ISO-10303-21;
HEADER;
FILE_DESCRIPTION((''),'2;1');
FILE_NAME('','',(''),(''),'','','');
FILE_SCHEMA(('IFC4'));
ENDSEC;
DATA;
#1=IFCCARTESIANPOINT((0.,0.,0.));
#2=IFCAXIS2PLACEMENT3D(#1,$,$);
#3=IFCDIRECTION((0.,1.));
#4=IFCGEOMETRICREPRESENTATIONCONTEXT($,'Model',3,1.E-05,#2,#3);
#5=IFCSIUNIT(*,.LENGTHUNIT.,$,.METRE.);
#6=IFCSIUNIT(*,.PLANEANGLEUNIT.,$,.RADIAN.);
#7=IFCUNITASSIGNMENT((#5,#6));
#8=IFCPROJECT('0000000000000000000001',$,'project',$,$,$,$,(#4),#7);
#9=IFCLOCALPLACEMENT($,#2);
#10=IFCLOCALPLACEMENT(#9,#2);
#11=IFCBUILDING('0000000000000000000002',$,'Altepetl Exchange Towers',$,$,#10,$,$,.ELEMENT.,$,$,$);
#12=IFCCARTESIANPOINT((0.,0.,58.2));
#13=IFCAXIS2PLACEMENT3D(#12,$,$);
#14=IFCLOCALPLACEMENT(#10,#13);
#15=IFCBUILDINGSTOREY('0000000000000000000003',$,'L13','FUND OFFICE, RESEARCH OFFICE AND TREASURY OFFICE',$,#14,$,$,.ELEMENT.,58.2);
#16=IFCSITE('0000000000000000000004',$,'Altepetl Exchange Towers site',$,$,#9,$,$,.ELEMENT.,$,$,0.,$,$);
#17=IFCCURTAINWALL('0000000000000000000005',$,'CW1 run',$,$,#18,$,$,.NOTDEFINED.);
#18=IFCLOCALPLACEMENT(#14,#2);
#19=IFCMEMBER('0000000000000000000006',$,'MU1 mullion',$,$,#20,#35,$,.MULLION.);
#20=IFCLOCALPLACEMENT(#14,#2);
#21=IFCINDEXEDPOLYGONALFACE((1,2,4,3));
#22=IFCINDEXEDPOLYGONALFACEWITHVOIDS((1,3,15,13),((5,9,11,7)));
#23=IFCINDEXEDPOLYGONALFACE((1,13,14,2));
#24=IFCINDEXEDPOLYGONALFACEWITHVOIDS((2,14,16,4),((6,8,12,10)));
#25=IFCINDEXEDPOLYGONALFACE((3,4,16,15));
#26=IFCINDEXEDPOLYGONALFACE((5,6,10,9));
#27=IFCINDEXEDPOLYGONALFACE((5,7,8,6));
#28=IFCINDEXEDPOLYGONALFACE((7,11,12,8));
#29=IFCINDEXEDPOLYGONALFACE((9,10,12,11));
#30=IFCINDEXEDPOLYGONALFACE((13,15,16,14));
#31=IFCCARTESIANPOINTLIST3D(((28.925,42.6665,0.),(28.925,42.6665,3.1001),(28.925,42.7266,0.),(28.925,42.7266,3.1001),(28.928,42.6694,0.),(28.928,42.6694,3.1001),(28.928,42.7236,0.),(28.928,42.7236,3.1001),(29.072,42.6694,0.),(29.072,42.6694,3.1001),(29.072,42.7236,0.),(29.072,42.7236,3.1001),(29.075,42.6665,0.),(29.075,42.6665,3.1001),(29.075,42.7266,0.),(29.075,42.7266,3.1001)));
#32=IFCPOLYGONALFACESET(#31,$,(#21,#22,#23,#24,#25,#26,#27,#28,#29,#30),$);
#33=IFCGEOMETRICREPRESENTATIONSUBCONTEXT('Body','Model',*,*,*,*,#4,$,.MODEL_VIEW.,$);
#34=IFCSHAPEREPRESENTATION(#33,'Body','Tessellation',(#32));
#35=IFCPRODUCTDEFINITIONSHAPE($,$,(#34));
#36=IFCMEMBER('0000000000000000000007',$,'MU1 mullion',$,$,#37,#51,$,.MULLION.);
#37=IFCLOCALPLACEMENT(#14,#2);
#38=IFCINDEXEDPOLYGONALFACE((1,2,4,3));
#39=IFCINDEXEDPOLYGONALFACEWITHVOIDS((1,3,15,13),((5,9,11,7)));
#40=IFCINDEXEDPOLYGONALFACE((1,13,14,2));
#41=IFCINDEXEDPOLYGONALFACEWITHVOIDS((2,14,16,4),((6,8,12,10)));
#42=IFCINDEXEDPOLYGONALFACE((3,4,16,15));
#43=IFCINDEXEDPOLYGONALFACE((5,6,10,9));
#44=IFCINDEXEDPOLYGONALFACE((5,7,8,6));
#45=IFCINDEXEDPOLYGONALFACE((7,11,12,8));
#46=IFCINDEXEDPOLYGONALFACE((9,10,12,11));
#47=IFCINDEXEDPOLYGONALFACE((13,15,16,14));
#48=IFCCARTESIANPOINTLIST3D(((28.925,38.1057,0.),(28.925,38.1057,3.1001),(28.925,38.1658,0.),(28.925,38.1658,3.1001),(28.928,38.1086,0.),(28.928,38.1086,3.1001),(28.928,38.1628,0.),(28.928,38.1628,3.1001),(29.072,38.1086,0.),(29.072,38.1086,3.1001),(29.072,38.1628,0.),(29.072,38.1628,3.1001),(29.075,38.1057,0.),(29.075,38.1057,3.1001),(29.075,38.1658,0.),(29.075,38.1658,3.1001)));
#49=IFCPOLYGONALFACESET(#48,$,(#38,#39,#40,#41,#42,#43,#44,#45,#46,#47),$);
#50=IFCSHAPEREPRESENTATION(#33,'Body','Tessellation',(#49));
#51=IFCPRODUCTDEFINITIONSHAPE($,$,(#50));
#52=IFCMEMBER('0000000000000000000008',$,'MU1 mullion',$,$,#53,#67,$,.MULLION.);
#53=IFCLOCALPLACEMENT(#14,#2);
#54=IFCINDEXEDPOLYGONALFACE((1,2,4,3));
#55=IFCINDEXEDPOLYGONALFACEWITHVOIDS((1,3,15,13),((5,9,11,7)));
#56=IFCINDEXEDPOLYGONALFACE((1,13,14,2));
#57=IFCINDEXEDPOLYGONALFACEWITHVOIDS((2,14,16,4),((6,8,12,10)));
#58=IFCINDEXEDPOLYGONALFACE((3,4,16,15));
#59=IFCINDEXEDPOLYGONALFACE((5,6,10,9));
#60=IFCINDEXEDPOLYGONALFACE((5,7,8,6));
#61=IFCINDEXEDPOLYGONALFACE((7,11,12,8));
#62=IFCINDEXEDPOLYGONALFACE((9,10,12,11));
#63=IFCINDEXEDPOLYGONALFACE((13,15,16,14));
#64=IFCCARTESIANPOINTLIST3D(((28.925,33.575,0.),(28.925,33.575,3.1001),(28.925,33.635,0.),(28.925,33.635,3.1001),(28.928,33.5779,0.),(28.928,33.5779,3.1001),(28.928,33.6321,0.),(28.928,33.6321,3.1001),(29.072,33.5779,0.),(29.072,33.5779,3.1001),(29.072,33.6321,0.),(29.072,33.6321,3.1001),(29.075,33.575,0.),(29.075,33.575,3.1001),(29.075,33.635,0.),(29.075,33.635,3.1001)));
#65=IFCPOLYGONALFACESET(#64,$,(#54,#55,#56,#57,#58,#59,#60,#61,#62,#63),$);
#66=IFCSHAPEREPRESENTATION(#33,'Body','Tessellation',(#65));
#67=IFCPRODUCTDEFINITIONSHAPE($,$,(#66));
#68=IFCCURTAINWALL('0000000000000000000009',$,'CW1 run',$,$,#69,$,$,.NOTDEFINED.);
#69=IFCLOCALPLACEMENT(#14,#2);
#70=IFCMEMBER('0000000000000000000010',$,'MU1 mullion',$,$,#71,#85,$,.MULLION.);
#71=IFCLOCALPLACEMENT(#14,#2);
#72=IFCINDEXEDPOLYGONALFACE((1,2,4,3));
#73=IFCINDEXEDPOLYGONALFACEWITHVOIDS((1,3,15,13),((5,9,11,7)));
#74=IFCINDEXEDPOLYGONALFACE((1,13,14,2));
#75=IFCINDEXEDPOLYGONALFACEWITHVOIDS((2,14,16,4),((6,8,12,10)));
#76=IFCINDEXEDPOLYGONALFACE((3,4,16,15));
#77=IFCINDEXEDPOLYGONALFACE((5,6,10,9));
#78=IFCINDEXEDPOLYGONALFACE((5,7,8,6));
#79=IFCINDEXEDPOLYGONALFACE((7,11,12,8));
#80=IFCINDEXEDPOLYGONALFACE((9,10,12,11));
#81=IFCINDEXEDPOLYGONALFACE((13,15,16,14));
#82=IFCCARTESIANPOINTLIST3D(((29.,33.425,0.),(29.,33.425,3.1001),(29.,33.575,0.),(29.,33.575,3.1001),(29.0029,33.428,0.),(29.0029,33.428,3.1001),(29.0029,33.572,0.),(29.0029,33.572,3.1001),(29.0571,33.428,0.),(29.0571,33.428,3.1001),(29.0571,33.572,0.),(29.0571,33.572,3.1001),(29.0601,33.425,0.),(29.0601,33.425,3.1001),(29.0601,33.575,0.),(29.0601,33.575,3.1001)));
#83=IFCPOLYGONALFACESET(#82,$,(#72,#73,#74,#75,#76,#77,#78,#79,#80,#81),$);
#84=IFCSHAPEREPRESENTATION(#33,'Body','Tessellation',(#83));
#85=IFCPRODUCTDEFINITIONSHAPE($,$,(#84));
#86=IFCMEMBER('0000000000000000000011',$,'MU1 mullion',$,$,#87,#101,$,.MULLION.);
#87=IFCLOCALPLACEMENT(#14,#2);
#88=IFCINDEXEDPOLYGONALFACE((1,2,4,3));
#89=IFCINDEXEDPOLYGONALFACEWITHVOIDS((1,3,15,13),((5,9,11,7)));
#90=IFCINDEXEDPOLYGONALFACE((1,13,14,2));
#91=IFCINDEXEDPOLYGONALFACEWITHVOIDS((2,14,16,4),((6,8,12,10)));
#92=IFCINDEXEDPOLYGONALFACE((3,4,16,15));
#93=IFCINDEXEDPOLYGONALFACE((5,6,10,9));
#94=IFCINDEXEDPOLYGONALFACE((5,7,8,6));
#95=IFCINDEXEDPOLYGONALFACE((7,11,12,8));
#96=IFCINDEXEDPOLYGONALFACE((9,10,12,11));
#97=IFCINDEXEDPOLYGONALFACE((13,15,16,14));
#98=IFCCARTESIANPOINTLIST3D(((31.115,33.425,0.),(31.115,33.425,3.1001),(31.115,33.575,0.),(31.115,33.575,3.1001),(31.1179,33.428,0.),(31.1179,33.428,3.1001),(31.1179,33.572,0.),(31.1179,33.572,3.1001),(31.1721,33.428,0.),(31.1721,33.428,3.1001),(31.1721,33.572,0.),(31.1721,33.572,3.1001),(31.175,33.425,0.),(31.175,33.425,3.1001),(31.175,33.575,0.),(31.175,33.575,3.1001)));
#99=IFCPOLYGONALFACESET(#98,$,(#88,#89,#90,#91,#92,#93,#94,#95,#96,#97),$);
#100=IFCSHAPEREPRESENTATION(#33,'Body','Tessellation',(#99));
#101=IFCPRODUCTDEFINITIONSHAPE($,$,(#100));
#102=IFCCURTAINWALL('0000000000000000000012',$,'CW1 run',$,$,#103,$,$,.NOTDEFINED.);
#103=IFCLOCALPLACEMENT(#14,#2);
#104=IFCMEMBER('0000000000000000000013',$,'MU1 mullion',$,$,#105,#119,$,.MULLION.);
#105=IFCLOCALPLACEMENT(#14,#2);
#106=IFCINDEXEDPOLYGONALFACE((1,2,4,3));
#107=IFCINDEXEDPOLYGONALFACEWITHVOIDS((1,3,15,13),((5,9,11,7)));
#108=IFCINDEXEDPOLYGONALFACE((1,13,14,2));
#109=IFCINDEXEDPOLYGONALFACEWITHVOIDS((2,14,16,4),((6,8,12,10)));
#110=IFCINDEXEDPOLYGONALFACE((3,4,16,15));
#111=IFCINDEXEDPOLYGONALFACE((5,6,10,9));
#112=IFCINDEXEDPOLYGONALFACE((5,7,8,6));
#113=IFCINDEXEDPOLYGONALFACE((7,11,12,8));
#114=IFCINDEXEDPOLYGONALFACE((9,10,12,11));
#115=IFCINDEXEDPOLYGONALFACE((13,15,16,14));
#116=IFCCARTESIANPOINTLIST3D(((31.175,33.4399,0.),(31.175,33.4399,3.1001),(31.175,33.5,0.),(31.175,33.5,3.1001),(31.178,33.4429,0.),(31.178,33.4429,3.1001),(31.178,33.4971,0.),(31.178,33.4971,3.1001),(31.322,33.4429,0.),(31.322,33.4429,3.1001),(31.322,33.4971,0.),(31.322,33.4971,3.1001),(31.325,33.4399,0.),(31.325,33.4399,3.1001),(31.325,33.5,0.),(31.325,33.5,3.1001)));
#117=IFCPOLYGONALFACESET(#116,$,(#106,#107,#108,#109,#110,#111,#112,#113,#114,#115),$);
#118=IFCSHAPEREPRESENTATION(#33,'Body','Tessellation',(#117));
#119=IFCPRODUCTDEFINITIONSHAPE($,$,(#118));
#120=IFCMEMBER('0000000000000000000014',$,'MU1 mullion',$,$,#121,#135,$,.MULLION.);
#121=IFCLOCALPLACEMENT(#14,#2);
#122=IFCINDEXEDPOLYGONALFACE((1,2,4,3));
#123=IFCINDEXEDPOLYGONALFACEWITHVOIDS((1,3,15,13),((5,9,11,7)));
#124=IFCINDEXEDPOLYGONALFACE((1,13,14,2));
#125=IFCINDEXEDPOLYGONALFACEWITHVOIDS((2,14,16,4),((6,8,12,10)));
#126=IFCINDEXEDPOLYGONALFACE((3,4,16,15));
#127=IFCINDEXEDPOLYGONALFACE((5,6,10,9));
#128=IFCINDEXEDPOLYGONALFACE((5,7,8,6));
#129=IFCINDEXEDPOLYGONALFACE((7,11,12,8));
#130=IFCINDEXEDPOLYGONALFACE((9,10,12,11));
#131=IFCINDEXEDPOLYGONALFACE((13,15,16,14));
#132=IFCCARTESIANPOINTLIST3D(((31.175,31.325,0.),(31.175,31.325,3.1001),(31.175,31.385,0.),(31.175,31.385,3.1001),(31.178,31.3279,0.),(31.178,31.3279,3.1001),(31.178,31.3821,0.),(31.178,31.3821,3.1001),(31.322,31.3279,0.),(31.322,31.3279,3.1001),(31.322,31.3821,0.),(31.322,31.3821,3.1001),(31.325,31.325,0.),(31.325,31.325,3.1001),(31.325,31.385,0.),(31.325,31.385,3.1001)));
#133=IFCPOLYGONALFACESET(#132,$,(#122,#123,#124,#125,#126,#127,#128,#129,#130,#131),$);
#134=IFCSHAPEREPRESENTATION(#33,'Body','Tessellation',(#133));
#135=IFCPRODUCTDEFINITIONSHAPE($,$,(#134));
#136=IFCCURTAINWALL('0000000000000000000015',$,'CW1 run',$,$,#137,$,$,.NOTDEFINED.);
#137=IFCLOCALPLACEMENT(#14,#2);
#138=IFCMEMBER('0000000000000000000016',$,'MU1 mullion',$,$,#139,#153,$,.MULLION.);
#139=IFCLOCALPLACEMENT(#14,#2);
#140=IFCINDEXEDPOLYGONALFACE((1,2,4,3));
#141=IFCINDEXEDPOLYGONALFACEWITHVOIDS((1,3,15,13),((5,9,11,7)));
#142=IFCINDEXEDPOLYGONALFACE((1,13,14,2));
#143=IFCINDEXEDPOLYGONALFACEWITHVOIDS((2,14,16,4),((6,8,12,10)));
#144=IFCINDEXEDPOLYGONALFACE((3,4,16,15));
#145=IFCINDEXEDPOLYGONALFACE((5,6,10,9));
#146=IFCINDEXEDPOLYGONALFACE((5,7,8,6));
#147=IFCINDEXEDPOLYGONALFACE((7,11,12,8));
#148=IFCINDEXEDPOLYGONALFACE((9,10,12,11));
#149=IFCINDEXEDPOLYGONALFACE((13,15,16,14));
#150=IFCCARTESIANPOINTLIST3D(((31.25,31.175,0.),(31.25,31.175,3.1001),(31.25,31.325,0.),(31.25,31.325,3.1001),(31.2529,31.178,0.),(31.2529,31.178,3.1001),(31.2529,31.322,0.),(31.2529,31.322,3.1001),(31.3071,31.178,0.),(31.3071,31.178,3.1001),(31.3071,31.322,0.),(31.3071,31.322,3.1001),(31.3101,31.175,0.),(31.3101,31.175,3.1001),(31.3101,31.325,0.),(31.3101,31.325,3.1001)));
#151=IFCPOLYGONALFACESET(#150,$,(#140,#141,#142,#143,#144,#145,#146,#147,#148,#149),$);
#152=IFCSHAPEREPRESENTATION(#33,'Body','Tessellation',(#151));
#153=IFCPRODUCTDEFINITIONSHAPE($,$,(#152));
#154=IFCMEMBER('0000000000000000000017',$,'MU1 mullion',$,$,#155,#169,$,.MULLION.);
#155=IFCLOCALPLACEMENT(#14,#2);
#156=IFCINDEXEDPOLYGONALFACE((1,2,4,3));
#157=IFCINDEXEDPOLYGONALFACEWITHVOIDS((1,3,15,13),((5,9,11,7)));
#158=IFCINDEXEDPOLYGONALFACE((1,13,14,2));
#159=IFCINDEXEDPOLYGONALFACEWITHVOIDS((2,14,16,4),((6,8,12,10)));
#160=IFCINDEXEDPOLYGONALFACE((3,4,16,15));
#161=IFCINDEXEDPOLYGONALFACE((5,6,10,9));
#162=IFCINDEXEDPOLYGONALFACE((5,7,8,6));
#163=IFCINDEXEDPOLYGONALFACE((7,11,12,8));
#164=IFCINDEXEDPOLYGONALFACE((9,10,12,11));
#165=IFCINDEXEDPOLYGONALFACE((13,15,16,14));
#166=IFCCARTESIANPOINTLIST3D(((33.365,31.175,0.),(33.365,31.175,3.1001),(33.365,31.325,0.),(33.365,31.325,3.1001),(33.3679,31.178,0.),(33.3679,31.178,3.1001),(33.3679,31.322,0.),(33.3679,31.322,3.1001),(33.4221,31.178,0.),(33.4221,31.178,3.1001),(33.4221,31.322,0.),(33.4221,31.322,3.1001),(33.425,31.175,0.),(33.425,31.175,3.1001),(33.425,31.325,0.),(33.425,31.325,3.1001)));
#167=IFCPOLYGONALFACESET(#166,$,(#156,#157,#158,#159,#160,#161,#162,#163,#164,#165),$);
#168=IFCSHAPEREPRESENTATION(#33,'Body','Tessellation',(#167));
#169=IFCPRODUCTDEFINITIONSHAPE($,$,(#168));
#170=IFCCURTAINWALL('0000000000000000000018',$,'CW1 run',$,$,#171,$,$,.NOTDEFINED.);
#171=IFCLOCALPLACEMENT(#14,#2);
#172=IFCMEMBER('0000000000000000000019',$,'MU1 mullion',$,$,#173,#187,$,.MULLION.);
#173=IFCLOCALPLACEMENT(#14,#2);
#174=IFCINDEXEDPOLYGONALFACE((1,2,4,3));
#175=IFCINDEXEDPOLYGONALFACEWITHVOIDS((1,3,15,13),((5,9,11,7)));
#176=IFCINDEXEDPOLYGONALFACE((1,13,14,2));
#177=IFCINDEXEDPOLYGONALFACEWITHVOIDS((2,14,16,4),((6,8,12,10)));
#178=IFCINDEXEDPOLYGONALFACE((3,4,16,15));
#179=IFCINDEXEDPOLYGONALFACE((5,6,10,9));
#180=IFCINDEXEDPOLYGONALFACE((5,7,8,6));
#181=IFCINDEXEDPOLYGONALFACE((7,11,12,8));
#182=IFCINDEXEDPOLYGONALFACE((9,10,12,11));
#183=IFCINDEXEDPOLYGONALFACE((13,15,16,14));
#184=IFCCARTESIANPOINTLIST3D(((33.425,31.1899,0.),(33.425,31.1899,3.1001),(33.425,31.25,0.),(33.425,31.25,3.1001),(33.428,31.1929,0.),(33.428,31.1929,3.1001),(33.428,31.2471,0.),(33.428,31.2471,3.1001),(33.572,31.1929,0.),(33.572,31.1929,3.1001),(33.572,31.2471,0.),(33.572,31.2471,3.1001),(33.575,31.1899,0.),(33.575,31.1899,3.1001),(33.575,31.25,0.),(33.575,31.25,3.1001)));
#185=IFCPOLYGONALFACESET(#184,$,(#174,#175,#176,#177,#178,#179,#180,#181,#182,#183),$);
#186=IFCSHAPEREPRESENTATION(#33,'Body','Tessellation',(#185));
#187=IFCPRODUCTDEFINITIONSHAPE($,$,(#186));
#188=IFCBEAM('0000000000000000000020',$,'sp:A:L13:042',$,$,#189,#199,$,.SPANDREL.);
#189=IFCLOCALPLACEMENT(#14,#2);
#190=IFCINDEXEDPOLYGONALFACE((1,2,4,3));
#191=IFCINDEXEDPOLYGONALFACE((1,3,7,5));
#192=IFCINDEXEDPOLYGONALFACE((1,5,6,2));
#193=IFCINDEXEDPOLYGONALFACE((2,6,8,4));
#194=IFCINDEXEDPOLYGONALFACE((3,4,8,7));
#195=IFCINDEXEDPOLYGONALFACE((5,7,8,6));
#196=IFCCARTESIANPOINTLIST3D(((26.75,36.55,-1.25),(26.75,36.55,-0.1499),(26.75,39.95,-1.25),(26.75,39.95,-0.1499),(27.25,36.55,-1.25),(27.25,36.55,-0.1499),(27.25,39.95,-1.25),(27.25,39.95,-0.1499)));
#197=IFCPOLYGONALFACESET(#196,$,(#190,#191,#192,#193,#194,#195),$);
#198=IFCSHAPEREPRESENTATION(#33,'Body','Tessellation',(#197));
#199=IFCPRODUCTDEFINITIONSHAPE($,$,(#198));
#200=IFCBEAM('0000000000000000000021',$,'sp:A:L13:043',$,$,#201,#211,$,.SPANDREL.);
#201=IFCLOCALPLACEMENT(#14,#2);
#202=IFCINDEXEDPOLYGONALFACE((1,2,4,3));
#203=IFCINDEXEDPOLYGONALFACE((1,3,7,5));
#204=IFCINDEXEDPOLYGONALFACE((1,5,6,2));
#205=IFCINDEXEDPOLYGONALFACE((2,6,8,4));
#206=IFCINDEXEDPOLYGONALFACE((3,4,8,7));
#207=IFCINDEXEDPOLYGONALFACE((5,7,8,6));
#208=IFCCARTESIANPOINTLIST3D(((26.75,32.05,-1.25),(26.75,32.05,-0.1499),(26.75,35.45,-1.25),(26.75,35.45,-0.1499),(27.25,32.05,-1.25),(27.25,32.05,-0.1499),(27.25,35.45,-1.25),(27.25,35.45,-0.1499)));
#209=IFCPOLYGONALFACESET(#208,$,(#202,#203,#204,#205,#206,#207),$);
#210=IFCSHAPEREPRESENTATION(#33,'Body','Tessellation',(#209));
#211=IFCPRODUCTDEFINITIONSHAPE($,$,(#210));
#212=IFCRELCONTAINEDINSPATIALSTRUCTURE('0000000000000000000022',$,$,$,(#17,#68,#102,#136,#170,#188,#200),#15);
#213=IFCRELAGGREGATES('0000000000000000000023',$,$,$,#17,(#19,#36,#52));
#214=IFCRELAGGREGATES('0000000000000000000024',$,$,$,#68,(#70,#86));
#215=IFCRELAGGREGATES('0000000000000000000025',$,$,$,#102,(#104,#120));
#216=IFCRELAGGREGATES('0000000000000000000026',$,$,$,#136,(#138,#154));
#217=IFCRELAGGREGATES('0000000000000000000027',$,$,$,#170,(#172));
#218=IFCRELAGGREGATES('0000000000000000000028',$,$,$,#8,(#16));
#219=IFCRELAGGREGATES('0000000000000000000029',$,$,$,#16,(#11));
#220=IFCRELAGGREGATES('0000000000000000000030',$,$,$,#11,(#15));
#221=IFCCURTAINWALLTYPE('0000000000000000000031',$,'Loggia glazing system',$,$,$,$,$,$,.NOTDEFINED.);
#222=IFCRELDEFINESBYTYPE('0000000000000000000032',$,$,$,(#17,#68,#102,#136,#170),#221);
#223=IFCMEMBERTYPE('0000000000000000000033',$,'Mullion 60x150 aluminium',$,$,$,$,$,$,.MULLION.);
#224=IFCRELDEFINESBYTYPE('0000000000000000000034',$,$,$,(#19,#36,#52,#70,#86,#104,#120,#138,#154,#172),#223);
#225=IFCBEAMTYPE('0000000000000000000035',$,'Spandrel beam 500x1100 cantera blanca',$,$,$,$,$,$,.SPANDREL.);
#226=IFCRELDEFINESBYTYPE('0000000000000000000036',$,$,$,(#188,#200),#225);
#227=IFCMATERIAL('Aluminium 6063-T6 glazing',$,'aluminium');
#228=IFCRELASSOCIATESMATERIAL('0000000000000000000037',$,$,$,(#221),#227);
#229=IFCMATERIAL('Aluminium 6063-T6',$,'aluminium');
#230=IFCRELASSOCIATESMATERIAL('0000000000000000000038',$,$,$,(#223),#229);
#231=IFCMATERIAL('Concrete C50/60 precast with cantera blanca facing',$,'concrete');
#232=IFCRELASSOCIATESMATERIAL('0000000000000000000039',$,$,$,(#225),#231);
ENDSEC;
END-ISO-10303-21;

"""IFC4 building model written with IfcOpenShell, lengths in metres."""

from ifc_helpers import new_model, si_unit, direction, frame, origin, origin_2d, place, context, subcontext, project, spatial, rectangle, hollow_rectangle, extrude, material, material_profile, profile_set, type_object, element, aggregate, save


model = new_model("IFC4")

# Units and contexts
model_context = context("Model", 3, precision=1e-05, world=origin(), true_north=direction((0.0, 1.0)))
body_context = subcontext(model_context, "Body", "Model", "MODEL_VIEW")
ifc_project = project(units=[si_unit("LENGTHUNIT", "METRE"), si_unit("PLANEANGLEUNIT", "RADIAN")], contexts=[model_context])

# Site, building, storey
site_placement = place(None, origin())
site = spatial("IfcSite", under=ifc_project, at=site_placement, Name="Altepetl Exchange Towers site", CompositionType="ELEMENT", RefElevation=0.0)
building_placement = place(site_placement, origin())
building = spatial("IfcBuilding", under=site, at=building_placement, Name="Altepetl Exchange Towers", CompositionType="ELEMENT")
storey_placement = place(building_placement, frame((0.0, 0.0, 58.2)))
storey = spatial("IfcBuildingStorey", under=building, at=storey_placement, Name="L13", Description="FUND OFFICE, RESEARCH OFFICE AND TREASURY OFFICE", CompositionType="ELEMENT", Elevation=58.2)

# Curtain walls, members
ifc_material_1 = material(Name="Aluminium 6063-T6 glazing", Category="aluminium")
curtain_wall_type = type_object("IfcCurtainWallType", Name="Loggia glazing system", PredefinedType="NOTDEFINED", material=ifc_material_1)
curtain_wall_1_placement = place(storey_placement, origin())
curtain_wall_1 = element("IfcCurtainWall", 1, at=curtain_wall_1_placement, inside=storey, type_object=curtain_wall_type, Name="CW1 run", PredefinedType="NOTDEFINED")
ifc_material_2 = material(Name="Aluminium 6063-T6", Category="aluminium")
ifc_material_profile_1 = material_profile(ifc_material_2, hollow_rectangle(XDim=0.0601, YDim=0.1499, WallThickness=0.0029, at=origin_2d()), Name="Mullion 60x150 aluminium")
ifc_profile_set_1 = profile_set([ifc_material_profile_1], Name="Aluminium 6063-T6")
member_type = type_object("IfcMemberType", Name="Mullion 60x150 aluminium", PredefinedType="MULLION", material=ifc_profile_set_1)
member_1_placement = place(storey_placement, frame((29.0, 42.6965, 0.0), z_axis=(0.0, 0.0, 1.0), x_axis=(0.0, -1.0, 0.0)))
member_1 = element("IfcMember", 2, at=member_1_placement, type_object=member_type, Name="MU1 mullion", PredefinedType="MULLION", context=body_context, shape_type="SweptSolid", body=[
    extrude(hollow_rectangle(XDim=0.0601, YDim=0.1499, WallThickness=0.0029, at=origin_2d()), origin(), (0.0, 0.0, 1.0), 3.1001),
])
member_2_placement = place(storey_placement, frame((29.0, 38.1357, 0.0), z_axis=(0.0, 0.0, 1.0), x_axis=(0.0, -1.0, 0.0)))
member_2 = element("IfcMember", 3, at=member_2_placement, type_object=member_type, Name="MU1 mullion", PredefinedType="MULLION", context=body_context, shape_type="SweptSolid", body=[
    extrude(hollow_rectangle(XDim=0.0601, YDim=0.1499, WallThickness=0.0029, at=origin_2d()), origin(), (0.0, 0.0, 1.0), 3.1001),
])
member_3_placement = place(storey_placement, frame((29.0, 33.605, 0.0), z_axis=(0.0, 0.0, 1.0), x_axis=(0.0, -1.0, 0.0)))
member_3 = element("IfcMember", 4, at=member_3_placement, type_object=member_type, Name="MU1 mullion", PredefinedType="MULLION", context=body_context, shape_type="SweptSolid", body=[
    extrude(hollow_rectangle(XDim=0.0601, YDim=0.1499, WallThickness=0.0029, at=origin_2d()), origin(), (0.0, 0.0, 1.0), 3.1001),
])
curtain_wall_2_placement = place(storey_placement, origin())
curtain_wall_2 = element("IfcCurtainWall", 5, at=curtain_wall_2_placement, inside=storey, type_object=curtain_wall_type, Name="CW1 run", PredefinedType="NOTDEFINED")
member_4_placement = place(storey_placement, frame((29.03, 33.5, 0.0)))
member_4 = element("IfcMember", 6, at=member_4_placement, type_object=member_type, Name="MU1 mullion", PredefinedType="MULLION", context=body_context, shape_type="SweptSolid", body=[
    extrude(hollow_rectangle(XDim=0.0601, YDim=0.1499, WallThickness=0.0029, at=origin_2d()), origin(), (0.0, 0.0, 1.0), 3.1001),
])
member_5_placement = place(storey_placement, frame((31.145, 33.5, 0.0)))
member_5 = element("IfcMember", 7, at=member_5_placement, type_object=member_type, Name="MU1 mullion", PredefinedType="MULLION", context=body_context, shape_type="SweptSolid", body=[
    extrude(hollow_rectangle(XDim=0.0601, YDim=0.1499, WallThickness=0.0029, at=origin_2d()), origin(), (0.0, 0.0, 1.0), 3.1001),
])
curtain_wall_3_placement = place(storey_placement, origin())
curtain_wall_3 = element("IfcCurtainWall", 8, at=curtain_wall_3_placement, inside=storey, type_object=curtain_wall_type, Name="CW1 run", PredefinedType="NOTDEFINED")
member_6_placement = place(storey_placement, frame((31.25, 33.47, 0.0), z_axis=(0.0, 0.0, 1.0), x_axis=(0.0, -1.0, 0.0)))
member_6 = element("IfcMember", 9, at=member_6_placement, type_object=member_type, Name="MU1 mullion", PredefinedType="MULLION", context=body_context, shape_type="SweptSolid", body=[
    extrude(hollow_rectangle(XDim=0.0601, YDim=0.1499, WallThickness=0.0029, at=origin_2d()), origin(), (0.0, 0.0, 1.0), 3.1001),
])
member_7_placement = place(storey_placement, frame((31.25, 31.355, 0.0), z_axis=(0.0, 0.0, 1.0), x_axis=(0.0, -1.0, 0.0)))
member_7 = element("IfcMember", 10, at=member_7_placement, type_object=member_type, Name="MU1 mullion", PredefinedType="MULLION", context=body_context, shape_type="SweptSolid", body=[
    extrude(hollow_rectangle(XDim=0.0601, YDim=0.1499, WallThickness=0.0029, at=origin_2d()), origin(), (0.0, 0.0, 1.0), 3.1001),
])
curtain_wall_4_placement = place(storey_placement, origin())
curtain_wall_4 = element("IfcCurtainWall", 11, at=curtain_wall_4_placement, inside=storey, type_object=curtain_wall_type, Name="CW1 run", PredefinedType="NOTDEFINED")
member_8_placement = place(storey_placement, frame((31.28, 31.25, 0.0)))
member_8 = element("IfcMember", 12, at=member_8_placement, type_object=member_type, Name="MU1 mullion", PredefinedType="MULLION", context=body_context, shape_type="SweptSolid", body=[
    extrude(hollow_rectangle(XDim=0.0601, YDim=0.1499, WallThickness=0.0029, at=origin_2d()), origin(), (0.0, 0.0, 1.0), 3.1001),
])
member_9_placement = place(storey_placement, frame((33.395, 31.25, 0.0)))
member_9 = element("IfcMember", 13, at=member_9_placement, type_object=member_type, Name="MU1 mullion", PredefinedType="MULLION", context=body_context, shape_type="SweptSolid", body=[
    extrude(hollow_rectangle(XDim=0.0601, YDim=0.1499, WallThickness=0.0029, at=origin_2d()), origin(), (0.0, 0.0, 1.0), 3.1001),
])

# Curtain wall, member
curtain_wall_5_placement = place(storey_placement, origin())
curtain_wall_5 = element("IfcCurtainWall", 14, at=curtain_wall_5_placement, inside=storey, type_object=curtain_wall_type, Name="CW1 run", PredefinedType="NOTDEFINED")
member_10_placement = place(storey_placement, frame((33.5, 31.22, 0.0), z_axis=(0.0, 0.0, 1.0), x_axis=(0.0, -1.0, 0.0)))
member_10 = element("IfcMember", 15, at=member_10_placement, type_object=member_type, Name="MU1 mullion", PredefinedType="MULLION", context=body_context, shape_type="SweptSolid", body=[
    extrude(hollow_rectangle(XDim=0.0601, YDim=0.1499, WallThickness=0.0029, at=origin_2d()), origin(), (0.0, 0.0, 1.0), 3.1001),
])

# Beams
ifc_material_3 = material(Name="Concrete C50/60 precast with cantera blanca facing", Category="concrete")
ifc_material_profile_2 = material_profile(ifc_material_3, rectangle(XDim=0.5, YDim=1.1001, at=origin_2d()), Name="500 x 1100")
ifc_profile_set_2 = profile_set([ifc_material_profile_2], Name="Concrete C50/60 precast with cantera blanca facing")
beam_type_1 = type_object("IfcBeamType", Name="Spandrel beam 500x1100 cantera blanca", PredefinedType="SPANDREL", material=ifc_profile_set_2)
for number, where, z_axis, x_axis, name in (
    (16, (27.0, 39.95, -0.7), (0.0, -1.0, 0.0), (1.0, 0.0, 0.0), "sp:A:L13:042"),
    (17, (27.0, 35.45, -0.7), (0.0, -1.0, 0.0), (1.0, 0.0, 0.0), "sp:A:L13:043"),
):
    element("IfcBeam", number, at=place(storey_placement, frame(where, z_axis=z_axis, x_axis=x_axis)), inside=storey, type_object=beam_type_1, Name=name, PredefinedType="SPANDREL", context=body_context, shape_type="SweptSolid", body=[
        extrude(rectangle(XDim=0.5, YDim=1.1001, at=origin_2d()), origin(), (0.0, 0.0, 1.0), 3.3999),
    ])

aggregate(curtain_wall_1, [member_1, member_2, member_3])
aggregate(curtain_wall_2, [member_4, member_5])
aggregate(curtain_wall_3, [member_6, member_7])
aggregate(curtain_wall_4, [member_8, member_9])
aggregate(curtain_wall_5, [member_10])

save(model, "model.ifc")
